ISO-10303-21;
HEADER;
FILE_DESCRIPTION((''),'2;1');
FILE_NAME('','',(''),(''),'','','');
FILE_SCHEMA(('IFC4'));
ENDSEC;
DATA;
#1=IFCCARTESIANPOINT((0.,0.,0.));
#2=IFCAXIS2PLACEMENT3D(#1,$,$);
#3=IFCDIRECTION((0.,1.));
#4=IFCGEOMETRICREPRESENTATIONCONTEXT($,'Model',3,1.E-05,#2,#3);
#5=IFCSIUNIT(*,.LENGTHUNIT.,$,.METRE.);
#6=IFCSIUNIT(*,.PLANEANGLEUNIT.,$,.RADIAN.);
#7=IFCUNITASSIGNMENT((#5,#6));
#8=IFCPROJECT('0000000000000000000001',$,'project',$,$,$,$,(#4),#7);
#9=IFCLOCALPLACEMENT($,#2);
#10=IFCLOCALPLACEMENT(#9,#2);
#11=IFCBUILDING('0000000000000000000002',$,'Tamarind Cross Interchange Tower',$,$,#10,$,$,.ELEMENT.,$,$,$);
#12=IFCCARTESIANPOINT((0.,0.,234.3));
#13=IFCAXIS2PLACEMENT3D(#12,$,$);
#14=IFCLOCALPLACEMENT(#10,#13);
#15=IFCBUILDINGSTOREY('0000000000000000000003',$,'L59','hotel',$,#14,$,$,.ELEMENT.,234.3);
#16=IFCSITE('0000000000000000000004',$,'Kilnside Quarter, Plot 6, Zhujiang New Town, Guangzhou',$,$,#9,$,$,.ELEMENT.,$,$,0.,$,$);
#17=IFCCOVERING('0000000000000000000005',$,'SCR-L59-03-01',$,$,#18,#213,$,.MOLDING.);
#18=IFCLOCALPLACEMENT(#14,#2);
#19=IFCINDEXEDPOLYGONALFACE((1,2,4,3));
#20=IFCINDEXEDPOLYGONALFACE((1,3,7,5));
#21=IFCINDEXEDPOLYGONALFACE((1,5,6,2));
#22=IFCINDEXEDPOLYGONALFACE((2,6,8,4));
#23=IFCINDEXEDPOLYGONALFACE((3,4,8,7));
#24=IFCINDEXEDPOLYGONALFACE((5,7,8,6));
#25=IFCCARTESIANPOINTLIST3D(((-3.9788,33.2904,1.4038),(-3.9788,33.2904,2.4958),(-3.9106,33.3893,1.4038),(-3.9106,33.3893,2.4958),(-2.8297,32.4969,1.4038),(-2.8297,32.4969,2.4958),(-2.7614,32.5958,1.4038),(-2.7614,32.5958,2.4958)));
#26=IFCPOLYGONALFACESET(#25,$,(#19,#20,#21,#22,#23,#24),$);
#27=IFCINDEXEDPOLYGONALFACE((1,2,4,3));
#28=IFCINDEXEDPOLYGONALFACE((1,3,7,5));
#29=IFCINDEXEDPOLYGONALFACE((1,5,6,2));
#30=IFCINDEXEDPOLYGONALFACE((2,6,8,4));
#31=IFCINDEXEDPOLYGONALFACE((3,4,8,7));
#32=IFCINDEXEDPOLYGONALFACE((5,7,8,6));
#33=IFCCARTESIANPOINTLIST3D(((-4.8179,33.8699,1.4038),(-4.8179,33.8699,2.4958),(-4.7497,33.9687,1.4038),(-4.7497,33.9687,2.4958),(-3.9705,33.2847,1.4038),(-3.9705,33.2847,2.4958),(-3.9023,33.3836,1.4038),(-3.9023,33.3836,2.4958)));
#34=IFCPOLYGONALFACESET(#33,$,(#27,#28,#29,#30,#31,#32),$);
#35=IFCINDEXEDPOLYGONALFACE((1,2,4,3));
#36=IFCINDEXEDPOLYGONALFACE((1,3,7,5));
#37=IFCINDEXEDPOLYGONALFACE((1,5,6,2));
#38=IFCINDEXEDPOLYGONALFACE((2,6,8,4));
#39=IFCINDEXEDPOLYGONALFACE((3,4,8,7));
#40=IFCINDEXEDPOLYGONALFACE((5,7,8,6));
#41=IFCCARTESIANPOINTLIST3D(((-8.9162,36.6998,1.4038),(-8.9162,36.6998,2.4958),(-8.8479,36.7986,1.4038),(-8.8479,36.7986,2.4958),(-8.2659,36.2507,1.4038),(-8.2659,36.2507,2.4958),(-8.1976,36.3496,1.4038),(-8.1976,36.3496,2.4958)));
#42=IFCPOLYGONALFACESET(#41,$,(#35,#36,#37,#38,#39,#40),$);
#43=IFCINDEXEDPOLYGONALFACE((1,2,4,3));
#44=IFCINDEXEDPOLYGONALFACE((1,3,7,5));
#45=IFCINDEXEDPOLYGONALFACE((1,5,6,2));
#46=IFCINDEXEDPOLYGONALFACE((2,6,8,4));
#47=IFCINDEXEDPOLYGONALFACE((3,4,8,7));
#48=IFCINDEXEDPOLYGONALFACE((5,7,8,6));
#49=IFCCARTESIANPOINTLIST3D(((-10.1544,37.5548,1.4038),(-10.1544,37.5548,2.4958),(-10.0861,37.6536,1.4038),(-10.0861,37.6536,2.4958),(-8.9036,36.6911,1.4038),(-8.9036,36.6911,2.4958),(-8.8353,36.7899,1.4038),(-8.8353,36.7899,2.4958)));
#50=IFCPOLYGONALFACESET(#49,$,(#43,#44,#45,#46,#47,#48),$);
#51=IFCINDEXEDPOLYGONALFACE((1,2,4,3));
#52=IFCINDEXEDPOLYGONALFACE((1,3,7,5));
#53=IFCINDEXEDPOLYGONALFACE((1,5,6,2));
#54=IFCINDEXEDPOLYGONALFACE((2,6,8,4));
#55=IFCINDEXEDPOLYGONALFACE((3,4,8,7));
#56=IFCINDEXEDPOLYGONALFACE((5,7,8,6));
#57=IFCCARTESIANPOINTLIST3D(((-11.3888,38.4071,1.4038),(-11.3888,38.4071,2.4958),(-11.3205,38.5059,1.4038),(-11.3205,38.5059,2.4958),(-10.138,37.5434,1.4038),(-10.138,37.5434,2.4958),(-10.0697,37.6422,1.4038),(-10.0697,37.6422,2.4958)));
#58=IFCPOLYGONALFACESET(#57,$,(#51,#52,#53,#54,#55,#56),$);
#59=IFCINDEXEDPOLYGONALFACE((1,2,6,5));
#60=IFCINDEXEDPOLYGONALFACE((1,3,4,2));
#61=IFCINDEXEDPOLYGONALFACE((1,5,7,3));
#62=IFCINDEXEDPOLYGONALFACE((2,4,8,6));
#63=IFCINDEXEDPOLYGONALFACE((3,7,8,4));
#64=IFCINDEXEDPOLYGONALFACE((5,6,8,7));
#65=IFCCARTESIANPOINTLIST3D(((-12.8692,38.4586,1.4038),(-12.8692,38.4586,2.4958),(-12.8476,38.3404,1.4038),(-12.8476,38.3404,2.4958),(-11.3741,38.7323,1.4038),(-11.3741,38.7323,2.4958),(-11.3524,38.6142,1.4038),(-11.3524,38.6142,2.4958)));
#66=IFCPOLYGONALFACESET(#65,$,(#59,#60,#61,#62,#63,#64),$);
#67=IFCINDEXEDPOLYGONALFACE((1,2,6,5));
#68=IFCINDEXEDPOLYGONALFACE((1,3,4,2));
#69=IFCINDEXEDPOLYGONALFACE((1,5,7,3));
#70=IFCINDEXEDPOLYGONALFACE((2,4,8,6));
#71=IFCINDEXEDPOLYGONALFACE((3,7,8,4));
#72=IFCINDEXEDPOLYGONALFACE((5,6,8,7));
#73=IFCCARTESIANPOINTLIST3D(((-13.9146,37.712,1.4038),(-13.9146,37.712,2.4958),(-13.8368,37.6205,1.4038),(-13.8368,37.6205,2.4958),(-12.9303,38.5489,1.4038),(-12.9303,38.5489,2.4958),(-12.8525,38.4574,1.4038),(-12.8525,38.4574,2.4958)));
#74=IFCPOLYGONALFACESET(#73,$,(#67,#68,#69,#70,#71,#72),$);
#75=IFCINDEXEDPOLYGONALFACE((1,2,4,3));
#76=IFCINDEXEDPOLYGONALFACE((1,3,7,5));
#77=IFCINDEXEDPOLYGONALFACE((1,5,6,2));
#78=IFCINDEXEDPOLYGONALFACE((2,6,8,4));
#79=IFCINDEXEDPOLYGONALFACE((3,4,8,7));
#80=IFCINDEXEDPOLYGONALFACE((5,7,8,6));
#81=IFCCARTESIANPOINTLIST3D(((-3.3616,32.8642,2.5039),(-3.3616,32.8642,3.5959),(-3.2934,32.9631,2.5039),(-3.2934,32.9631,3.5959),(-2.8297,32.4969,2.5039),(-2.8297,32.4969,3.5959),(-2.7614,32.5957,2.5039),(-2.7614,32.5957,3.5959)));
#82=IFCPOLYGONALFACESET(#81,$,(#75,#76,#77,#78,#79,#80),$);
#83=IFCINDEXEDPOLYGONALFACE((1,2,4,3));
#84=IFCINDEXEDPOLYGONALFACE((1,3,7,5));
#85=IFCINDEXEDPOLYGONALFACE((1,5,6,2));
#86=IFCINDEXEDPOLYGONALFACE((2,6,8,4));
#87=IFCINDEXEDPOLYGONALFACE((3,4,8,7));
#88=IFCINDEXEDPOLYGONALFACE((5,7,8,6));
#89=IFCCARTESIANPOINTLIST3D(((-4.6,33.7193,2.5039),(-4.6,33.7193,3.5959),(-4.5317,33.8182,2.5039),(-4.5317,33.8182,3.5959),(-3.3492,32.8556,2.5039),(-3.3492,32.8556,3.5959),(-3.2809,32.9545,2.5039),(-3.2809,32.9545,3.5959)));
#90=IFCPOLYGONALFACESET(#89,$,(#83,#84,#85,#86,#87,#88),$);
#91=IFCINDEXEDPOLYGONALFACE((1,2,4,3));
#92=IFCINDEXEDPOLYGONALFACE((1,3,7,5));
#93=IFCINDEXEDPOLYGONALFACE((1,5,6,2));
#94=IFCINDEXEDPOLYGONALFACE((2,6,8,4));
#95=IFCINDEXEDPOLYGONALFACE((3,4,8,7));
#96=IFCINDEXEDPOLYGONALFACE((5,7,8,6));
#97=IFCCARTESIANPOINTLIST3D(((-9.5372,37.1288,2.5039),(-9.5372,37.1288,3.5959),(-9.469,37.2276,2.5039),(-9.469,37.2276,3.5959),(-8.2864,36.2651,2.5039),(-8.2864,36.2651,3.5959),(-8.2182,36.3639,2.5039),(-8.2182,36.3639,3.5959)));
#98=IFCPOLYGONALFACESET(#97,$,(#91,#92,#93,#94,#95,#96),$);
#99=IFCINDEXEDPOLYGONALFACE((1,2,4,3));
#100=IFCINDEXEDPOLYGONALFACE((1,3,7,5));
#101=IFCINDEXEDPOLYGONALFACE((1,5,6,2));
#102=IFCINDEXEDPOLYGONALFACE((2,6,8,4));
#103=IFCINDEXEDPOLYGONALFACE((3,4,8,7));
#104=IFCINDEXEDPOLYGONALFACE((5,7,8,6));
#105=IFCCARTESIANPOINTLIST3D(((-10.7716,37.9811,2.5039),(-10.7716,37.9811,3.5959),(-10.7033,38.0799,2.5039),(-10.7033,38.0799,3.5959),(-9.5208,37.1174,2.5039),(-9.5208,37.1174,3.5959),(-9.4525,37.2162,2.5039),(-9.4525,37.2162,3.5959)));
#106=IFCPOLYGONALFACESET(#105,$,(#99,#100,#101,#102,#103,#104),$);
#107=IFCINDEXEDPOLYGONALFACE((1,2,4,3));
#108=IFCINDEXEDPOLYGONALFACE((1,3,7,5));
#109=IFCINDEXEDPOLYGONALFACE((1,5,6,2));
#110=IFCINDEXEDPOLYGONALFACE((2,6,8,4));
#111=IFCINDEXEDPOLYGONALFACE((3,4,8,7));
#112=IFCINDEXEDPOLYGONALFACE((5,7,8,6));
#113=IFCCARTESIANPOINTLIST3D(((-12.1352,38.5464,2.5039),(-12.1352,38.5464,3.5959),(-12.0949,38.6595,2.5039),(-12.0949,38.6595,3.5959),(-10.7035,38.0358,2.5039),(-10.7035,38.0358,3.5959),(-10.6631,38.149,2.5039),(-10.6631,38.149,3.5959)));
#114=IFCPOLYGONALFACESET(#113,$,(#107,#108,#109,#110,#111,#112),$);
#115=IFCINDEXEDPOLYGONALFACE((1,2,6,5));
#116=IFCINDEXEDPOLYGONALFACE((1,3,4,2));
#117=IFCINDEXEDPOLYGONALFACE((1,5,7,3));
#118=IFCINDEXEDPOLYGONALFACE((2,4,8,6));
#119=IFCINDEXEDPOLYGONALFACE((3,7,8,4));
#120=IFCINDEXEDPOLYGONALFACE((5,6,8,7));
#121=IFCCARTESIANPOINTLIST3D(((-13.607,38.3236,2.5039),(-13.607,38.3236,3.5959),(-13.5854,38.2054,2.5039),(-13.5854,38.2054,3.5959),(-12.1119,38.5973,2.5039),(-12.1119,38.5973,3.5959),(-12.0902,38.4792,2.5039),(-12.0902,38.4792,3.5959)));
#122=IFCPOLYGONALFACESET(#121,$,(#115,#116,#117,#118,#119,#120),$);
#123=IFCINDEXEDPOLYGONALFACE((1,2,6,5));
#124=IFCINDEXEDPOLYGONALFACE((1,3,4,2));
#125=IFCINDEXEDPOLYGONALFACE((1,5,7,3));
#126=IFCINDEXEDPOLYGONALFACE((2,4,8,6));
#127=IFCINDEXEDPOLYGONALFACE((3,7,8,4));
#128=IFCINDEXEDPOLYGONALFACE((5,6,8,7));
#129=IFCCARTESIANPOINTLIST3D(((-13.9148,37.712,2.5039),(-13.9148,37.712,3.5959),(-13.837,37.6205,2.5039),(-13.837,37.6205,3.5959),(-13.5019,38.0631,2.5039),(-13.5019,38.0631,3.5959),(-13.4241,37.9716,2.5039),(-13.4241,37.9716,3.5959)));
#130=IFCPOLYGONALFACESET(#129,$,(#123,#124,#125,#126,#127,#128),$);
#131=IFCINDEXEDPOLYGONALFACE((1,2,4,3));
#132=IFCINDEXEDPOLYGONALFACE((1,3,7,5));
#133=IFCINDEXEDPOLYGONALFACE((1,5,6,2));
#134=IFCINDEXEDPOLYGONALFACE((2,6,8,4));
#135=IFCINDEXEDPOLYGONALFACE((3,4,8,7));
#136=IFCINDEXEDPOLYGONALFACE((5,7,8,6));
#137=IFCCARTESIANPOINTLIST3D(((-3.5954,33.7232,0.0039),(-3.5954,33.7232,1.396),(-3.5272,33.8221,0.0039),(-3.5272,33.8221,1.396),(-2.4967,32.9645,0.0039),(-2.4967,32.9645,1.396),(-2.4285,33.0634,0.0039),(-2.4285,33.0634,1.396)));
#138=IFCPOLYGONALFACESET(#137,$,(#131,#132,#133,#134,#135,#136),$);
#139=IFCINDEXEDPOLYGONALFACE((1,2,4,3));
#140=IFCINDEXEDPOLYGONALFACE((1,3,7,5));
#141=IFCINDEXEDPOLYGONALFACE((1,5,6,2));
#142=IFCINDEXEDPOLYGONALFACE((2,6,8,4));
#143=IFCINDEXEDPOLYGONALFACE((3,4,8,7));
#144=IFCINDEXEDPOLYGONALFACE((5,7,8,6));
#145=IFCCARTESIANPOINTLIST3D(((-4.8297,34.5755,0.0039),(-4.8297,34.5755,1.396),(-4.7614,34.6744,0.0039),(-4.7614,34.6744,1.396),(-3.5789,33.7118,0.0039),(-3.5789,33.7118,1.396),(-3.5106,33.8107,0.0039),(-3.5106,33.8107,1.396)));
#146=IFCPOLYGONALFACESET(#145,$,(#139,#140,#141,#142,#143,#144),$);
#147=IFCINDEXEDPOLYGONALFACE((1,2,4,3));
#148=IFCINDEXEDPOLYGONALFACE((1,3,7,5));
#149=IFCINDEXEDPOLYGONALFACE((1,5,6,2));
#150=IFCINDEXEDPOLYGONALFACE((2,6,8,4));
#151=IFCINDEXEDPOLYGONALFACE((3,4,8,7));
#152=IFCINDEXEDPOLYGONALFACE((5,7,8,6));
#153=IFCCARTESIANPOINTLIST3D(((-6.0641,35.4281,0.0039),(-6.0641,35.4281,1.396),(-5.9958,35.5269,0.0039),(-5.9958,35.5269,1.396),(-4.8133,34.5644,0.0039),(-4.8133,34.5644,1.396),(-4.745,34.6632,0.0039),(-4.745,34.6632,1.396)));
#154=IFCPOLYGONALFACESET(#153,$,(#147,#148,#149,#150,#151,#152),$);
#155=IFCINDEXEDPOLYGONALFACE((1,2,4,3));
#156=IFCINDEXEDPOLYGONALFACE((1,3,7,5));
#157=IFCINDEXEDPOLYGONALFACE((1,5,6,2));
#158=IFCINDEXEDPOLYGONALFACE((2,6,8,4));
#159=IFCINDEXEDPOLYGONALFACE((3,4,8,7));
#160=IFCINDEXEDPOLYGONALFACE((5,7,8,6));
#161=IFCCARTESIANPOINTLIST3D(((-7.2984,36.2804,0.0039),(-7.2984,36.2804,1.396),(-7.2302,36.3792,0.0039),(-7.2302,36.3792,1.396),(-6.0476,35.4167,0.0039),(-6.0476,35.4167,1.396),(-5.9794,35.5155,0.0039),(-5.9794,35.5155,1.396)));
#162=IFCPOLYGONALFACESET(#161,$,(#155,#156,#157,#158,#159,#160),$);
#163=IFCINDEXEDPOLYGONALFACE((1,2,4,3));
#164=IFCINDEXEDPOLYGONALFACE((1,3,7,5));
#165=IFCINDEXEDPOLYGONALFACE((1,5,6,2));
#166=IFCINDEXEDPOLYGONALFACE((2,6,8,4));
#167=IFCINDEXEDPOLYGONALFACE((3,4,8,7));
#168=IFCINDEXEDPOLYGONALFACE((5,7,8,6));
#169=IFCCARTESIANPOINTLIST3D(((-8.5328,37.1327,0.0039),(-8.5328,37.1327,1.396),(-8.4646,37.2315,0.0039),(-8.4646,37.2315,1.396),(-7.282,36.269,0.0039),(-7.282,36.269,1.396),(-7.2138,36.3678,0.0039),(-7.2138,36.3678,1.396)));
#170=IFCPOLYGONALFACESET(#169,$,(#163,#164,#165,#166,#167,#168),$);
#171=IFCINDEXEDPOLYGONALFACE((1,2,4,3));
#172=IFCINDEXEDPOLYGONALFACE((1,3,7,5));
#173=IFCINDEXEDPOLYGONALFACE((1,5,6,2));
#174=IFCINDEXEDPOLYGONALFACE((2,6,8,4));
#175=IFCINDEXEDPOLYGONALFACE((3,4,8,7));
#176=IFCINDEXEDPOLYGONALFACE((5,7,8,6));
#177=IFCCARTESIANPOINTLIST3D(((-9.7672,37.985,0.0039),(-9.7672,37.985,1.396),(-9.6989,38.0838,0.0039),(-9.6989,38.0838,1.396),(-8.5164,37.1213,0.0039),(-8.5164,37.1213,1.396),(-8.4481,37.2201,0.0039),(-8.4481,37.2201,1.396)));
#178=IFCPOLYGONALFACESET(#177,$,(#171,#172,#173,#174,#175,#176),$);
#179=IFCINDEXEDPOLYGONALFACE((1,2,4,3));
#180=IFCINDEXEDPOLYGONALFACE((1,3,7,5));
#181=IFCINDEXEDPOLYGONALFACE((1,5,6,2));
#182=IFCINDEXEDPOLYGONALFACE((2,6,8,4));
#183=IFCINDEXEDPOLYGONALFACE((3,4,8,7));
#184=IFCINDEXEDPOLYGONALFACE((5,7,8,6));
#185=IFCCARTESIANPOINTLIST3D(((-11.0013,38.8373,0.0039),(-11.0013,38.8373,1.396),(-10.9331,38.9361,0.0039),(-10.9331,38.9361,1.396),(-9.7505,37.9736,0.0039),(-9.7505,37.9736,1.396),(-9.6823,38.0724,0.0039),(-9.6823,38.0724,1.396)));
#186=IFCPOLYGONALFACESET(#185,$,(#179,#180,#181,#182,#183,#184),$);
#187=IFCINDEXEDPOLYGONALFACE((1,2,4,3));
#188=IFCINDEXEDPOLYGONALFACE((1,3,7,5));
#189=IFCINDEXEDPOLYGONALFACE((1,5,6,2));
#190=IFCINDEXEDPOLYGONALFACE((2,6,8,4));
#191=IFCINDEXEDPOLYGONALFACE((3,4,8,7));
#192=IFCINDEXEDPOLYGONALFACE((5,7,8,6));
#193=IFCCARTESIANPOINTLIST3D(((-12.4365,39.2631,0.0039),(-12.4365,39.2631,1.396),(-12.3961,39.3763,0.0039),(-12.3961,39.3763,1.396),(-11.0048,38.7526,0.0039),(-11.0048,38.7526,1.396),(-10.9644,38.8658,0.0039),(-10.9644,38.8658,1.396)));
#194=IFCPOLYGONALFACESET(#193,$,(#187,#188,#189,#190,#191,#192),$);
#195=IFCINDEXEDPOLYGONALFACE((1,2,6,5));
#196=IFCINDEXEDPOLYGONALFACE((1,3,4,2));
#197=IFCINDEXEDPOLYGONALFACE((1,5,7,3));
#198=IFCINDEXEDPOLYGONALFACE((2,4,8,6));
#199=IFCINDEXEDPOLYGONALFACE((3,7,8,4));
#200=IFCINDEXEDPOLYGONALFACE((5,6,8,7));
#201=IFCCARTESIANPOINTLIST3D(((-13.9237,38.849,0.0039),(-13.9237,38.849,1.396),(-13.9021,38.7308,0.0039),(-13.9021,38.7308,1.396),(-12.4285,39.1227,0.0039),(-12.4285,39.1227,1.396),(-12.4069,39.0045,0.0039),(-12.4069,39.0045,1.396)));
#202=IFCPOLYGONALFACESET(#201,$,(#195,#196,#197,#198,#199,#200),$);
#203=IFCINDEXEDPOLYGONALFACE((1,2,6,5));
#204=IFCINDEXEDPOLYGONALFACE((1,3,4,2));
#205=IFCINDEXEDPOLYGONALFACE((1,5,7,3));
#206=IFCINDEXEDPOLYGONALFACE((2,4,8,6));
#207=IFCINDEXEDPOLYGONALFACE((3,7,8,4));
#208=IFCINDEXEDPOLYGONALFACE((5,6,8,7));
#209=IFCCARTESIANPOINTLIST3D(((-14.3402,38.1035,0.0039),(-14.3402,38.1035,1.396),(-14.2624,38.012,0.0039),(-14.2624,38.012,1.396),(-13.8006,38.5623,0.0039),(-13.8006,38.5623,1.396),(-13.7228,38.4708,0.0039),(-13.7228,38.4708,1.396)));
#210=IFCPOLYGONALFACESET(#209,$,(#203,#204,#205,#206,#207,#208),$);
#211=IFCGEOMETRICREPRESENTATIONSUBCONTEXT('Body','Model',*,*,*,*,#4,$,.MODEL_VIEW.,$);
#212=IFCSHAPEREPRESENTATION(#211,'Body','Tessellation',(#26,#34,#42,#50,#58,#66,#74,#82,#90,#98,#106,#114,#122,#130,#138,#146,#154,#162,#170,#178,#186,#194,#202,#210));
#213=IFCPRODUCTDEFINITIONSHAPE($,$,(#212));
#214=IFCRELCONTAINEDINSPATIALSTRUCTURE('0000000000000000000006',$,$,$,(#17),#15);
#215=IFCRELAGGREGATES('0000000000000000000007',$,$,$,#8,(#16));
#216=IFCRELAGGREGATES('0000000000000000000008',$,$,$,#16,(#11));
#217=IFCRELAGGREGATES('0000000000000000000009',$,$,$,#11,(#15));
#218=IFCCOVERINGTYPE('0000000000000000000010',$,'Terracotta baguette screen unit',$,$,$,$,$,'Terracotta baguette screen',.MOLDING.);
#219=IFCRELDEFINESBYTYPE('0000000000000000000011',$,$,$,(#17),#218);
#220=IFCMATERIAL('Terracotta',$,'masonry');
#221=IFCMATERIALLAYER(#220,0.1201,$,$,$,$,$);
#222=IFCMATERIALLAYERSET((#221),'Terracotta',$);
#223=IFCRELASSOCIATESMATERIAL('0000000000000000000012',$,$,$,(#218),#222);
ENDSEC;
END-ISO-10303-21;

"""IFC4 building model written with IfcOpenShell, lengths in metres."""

from ifc_helpers import new_model, si_unit, direction, frame, origin, origin_2d, place, context, subcontext, project, spatial, rectangle, extrude, material, layer, layer_set, type_object, element, save


model = new_model("IFC4")

# Units and contexts
model_context = context("Model", 3, precision=1e-05, world=origin(), true_north=direction((0.0, 1.0)))
body_context = subcontext(model_context, "Body", "Model", "MODEL_VIEW")
ifc_project = project(units=[si_unit("LENGTHUNIT", "METRE"), si_unit("PLANEANGLEUNIT", "RADIAN")], contexts=[model_context])

# Site, building, storey
site_placement = place(None, origin())
site = spatial("IfcSite", under=ifc_project, at=site_placement, Name="Kilnside Quarter, Plot 6, Zhujiang New Town, Guangzhou", CompositionType="ELEMENT", RefElevation=0.0)
building_placement = place(site_placement, origin())
building = spatial("IfcBuilding", under=site, at=building_placement, Name="Tamarind Cross Interchange Tower", CompositionType="ELEMENT")
storey_placement = place(building_placement, frame((0.0, 0.0, 234.3)))
storey = spatial("IfcBuildingStorey", under=building, at=storey_placement, Name="L59", Description="hotel", CompositionType="ELEMENT", Elevation=234.3)

# Covering
ifc_material_1 = material(Name="Terracotta", Category="masonry")
ifc_layer_1 = layer(ifc_material_1, 0.1201)
ifc_layer_set_1 = layer_set([ifc_layer_1], Name="Terracotta")
covering_type = type_object("IfcCoveringType", Name="Terracotta baguette screen unit", ElementType="Terracotta baguette screen", PredefinedType="MOLDING", material=ifc_layer_set_1)
covering_1_placement = place(storey_placement, origin())
element("IfcCovering", 1, at=covering_1_placement, inside=storey, type_object=covering_type, Name="SCR-L59-03-01", PredefinedType="MOLDING", context=body_context, shape_type="SweptSolid", body=[
    extrude(rectangle(XDim=1.3965, YDim=0.1201, at=origin_2d()), frame((-3.3701, 32.9431, 1.4038), z_axis=(0.0, 0.0, 1.0), x_axis=(-0.822883, 0.568211, 0.0)), (0.0, 0.0, 1.0), 1.092),
    extrude(rectangle(XDim=1.0298, YDim=0.1201, at=origin_2d()), frame((-4.3601, 33.6267, 1.4038), z_axis=(0.0, 0.0, 1.0), x_axis=(-0.822883, 0.568211, 0.0)), (0.0, 0.0, 1.0), 1.092),
    extrude(rectangle(XDim=0.7903, YDim=0.1201, at=origin_2d()), frame((-8.5569, 36.5247, 1.4038), z_axis=(0.0, 0.0, 1.0), x_axis=(-0.822883, 0.568211, 0.0)), (0.0, 0.0, 1.0), 1.092),
    extrude(rectangle(XDim=1.52, YDim=0.1201, at=origin_2d()), frame((-9.4949, 37.1724, 1.4038), z_axis=(0.0, 0.0, 1.0), x_axis=(-0.822883, 0.568211, 0.0)), (0.0, 0.0, 1.0), 1.092),
    extrude(rectangle(XDim=1.52, YDim=0.1201, at=origin_2d()), frame((-10.7292, 38.0247, 1.4038), z_axis=(0.0, 0.0, 1.0), x_axis=(-0.822883, 0.568211, 0.0)), (0.0, 0.0, 1.0), 1.092),
    extrude(rectangle(XDim=1.52, YDim=0.1201, at=origin_2d()), frame((-12.1108, 38.5364, 1.4038), z_axis=(0.0, 0.0, 1.0), x_axis=(-0.983652, -0.18008, 0.0)), (0.0, 0.0, 1.0), 1.092),
    extrude(rectangle(XDim=1.292, YDim=0.1201, at=origin_2d()), frame((-13.3835, 38.0847, 1.4038), z_axis=(0.0, 0.0, 1.0), x_axis=(-0.761828, -0.64778, 0.0)), (0.0, 0.0, 1.0), 1.092),
    extrude(rectangle(XDim=0.6465, YDim=0.1201, at=origin_2d()), frame((-3.0615, 32.73, 2.5039), z_axis=(0.0, 0.0, 1.0), x_axis=(-0.822883, 0.568211, 0.0)), (0.0, 0.0, 1.0), 1.092),
    extrude(rectangle(XDim=1.52, YDim=0.1201, at=origin_2d()), frame((-3.9404, 33.3369, 2.5039), z_axis=(0.0, 0.0, 1.0), x_axis=(-0.822883, 0.568211, 0.0)), (0.0, 0.0, 1.0), 1.092),
    extrude(rectangle(XDim=1.52, YDim=0.1201, at=origin_2d()), frame((-8.8777, 36.7463, 2.5039), z_axis=(0.0, 0.0, 1.0), x_axis=(-0.822883, 0.568211, 0.0)), (0.0, 0.0, 1.0), 1.092),
    extrude(rectangle(XDim=1.52, YDim=0.1201, at=origin_2d()), frame((-10.1121, 37.5986, 2.5039), z_axis=(0.0, 0.0, 1.0), x_axis=(-0.822883, 0.568211, 0.0)), (0.0, 0.0, 1.0), 1.092),
    extrude(rectangle(XDim=1.52, YDim=0.1201, at=origin_2d()), frame((-11.3992, 38.3477, 2.5039), z_axis=(0.0, 0.0, 1.0), x_axis=(-0.941907, 0.335872, 0.0)), (0.0, 0.0, 1.0), 1.092),
    extrude(rectangle(XDim=1.52, YDim=0.1201, at=origin_2d()), frame((-12.8486, 38.4014, 2.5039), z_axis=(0.0, 0.0, 1.0), x_axis=(-0.983652, -0.18008, 0.0)), (0.0, 0.0, 1.0), 1.092),
    extrude(rectangle(XDim=0.542, YDim=0.1201, at=origin_2d()), frame((-13.6694, 37.8418, 2.5039), z_axis=(0.0, 0.0, 1.0), x_axis=(-0.761828, -0.64778, 0.0)), (0.0, 0.0, 1.0), 1.092),
    extrude(rectangle(XDim=1.3352, YDim=0.1201, at=origin_2d()), frame((-3.012, 33.3933, 0.0039), z_axis=(0.0, 0.0, 1.0), x_axis=(-0.822883, 0.568211, 0.0)), (0.0, 0.0, 1.0), 1.3921),
    extrude(rectangle(XDim=1.52, YDim=0.1201, at=origin_2d()), frame((-4.1702, 34.1931, 0.0039), z_axis=(0.0, 0.0, 1.0), x_axis=(-0.822883, 0.568211, 0.0)), (0.0, 0.0, 1.0), 1.3921),
    extrude(rectangle(XDim=1.52, YDim=0.1201, at=origin_2d()), frame((-5.4045, 35.0457, 0.0039), z_axis=(0.0, 0.0, 1.0), x_axis=(-0.822883, 0.568211, 0.0)), (0.0, 0.0, 1.0), 1.3921),
    extrude(rectangle(XDim=1.52, YDim=0.1201, at=origin_2d()), frame((-6.6389, 35.8979, 0.0039), z_axis=(0.0, 0.0, 1.0), x_axis=(-0.822883, 0.568211, 0.0)), (0.0, 0.0, 1.0), 1.3921),
    extrude(rectangle(XDim=1.52, YDim=0.1201, at=origin_2d()), frame((-7.8733, 36.7502, 0.0039), z_axis=(0.0, 0.0, 1.0), x_axis=(-0.822883, 0.568211, 0.0)), (0.0, 0.0, 1.0), 1.3921),
    extrude(rectangle(XDim=1.52, YDim=0.1201, at=origin_2d()), frame((-9.1077, 37.6025, 0.0039), z_axis=(0.0, 0.0, 1.0), x_axis=(-0.822883, 0.568211, 0.0)), (0.0, 0.0, 1.0), 1.3921),
    extrude(rectangle(XDim=1.52, YDim=0.1201, at=origin_2d()), frame((-10.3418, 38.4548, 0.0039), z_axis=(0.0, 0.0, 1.0), x_axis=(-0.822883, 0.568211, 0.0)), (0.0, 0.0, 1.0), 1.3921),
    extrude(rectangle(XDim=1.52, YDim=0.1201, at=origin_2d()), frame((-11.7004, 39.0645, 0.0039), z_axis=(0.0, 0.0, 1.0), x_axis=(-0.941907, 0.335872, 0.0)), (0.0, 0.0, 1.0), 1.3921),
    extrude(rectangle(XDim=1.52, YDim=0.1201, at=origin_2d()), frame((-13.1653, 38.9268, 0.0039), z_axis=(0.0, 0.0, 1.0), x_axis=(-0.983652, -0.18008, 0.0)), (0.0, 0.0, 1.0), 1.3921),
    extrude(rectangle(XDim=0.7083, YDim=0.1201, at=origin_2d()), frame((-14.0315, 38.2871, 0.0039), z_axis=(0.0, 0.0, 1.0), x_axis=(-0.761828, -0.64778, 0.0)), (0.0, 0.0, 1.0), 1.3921),
])

save(model, "model.ifc")
